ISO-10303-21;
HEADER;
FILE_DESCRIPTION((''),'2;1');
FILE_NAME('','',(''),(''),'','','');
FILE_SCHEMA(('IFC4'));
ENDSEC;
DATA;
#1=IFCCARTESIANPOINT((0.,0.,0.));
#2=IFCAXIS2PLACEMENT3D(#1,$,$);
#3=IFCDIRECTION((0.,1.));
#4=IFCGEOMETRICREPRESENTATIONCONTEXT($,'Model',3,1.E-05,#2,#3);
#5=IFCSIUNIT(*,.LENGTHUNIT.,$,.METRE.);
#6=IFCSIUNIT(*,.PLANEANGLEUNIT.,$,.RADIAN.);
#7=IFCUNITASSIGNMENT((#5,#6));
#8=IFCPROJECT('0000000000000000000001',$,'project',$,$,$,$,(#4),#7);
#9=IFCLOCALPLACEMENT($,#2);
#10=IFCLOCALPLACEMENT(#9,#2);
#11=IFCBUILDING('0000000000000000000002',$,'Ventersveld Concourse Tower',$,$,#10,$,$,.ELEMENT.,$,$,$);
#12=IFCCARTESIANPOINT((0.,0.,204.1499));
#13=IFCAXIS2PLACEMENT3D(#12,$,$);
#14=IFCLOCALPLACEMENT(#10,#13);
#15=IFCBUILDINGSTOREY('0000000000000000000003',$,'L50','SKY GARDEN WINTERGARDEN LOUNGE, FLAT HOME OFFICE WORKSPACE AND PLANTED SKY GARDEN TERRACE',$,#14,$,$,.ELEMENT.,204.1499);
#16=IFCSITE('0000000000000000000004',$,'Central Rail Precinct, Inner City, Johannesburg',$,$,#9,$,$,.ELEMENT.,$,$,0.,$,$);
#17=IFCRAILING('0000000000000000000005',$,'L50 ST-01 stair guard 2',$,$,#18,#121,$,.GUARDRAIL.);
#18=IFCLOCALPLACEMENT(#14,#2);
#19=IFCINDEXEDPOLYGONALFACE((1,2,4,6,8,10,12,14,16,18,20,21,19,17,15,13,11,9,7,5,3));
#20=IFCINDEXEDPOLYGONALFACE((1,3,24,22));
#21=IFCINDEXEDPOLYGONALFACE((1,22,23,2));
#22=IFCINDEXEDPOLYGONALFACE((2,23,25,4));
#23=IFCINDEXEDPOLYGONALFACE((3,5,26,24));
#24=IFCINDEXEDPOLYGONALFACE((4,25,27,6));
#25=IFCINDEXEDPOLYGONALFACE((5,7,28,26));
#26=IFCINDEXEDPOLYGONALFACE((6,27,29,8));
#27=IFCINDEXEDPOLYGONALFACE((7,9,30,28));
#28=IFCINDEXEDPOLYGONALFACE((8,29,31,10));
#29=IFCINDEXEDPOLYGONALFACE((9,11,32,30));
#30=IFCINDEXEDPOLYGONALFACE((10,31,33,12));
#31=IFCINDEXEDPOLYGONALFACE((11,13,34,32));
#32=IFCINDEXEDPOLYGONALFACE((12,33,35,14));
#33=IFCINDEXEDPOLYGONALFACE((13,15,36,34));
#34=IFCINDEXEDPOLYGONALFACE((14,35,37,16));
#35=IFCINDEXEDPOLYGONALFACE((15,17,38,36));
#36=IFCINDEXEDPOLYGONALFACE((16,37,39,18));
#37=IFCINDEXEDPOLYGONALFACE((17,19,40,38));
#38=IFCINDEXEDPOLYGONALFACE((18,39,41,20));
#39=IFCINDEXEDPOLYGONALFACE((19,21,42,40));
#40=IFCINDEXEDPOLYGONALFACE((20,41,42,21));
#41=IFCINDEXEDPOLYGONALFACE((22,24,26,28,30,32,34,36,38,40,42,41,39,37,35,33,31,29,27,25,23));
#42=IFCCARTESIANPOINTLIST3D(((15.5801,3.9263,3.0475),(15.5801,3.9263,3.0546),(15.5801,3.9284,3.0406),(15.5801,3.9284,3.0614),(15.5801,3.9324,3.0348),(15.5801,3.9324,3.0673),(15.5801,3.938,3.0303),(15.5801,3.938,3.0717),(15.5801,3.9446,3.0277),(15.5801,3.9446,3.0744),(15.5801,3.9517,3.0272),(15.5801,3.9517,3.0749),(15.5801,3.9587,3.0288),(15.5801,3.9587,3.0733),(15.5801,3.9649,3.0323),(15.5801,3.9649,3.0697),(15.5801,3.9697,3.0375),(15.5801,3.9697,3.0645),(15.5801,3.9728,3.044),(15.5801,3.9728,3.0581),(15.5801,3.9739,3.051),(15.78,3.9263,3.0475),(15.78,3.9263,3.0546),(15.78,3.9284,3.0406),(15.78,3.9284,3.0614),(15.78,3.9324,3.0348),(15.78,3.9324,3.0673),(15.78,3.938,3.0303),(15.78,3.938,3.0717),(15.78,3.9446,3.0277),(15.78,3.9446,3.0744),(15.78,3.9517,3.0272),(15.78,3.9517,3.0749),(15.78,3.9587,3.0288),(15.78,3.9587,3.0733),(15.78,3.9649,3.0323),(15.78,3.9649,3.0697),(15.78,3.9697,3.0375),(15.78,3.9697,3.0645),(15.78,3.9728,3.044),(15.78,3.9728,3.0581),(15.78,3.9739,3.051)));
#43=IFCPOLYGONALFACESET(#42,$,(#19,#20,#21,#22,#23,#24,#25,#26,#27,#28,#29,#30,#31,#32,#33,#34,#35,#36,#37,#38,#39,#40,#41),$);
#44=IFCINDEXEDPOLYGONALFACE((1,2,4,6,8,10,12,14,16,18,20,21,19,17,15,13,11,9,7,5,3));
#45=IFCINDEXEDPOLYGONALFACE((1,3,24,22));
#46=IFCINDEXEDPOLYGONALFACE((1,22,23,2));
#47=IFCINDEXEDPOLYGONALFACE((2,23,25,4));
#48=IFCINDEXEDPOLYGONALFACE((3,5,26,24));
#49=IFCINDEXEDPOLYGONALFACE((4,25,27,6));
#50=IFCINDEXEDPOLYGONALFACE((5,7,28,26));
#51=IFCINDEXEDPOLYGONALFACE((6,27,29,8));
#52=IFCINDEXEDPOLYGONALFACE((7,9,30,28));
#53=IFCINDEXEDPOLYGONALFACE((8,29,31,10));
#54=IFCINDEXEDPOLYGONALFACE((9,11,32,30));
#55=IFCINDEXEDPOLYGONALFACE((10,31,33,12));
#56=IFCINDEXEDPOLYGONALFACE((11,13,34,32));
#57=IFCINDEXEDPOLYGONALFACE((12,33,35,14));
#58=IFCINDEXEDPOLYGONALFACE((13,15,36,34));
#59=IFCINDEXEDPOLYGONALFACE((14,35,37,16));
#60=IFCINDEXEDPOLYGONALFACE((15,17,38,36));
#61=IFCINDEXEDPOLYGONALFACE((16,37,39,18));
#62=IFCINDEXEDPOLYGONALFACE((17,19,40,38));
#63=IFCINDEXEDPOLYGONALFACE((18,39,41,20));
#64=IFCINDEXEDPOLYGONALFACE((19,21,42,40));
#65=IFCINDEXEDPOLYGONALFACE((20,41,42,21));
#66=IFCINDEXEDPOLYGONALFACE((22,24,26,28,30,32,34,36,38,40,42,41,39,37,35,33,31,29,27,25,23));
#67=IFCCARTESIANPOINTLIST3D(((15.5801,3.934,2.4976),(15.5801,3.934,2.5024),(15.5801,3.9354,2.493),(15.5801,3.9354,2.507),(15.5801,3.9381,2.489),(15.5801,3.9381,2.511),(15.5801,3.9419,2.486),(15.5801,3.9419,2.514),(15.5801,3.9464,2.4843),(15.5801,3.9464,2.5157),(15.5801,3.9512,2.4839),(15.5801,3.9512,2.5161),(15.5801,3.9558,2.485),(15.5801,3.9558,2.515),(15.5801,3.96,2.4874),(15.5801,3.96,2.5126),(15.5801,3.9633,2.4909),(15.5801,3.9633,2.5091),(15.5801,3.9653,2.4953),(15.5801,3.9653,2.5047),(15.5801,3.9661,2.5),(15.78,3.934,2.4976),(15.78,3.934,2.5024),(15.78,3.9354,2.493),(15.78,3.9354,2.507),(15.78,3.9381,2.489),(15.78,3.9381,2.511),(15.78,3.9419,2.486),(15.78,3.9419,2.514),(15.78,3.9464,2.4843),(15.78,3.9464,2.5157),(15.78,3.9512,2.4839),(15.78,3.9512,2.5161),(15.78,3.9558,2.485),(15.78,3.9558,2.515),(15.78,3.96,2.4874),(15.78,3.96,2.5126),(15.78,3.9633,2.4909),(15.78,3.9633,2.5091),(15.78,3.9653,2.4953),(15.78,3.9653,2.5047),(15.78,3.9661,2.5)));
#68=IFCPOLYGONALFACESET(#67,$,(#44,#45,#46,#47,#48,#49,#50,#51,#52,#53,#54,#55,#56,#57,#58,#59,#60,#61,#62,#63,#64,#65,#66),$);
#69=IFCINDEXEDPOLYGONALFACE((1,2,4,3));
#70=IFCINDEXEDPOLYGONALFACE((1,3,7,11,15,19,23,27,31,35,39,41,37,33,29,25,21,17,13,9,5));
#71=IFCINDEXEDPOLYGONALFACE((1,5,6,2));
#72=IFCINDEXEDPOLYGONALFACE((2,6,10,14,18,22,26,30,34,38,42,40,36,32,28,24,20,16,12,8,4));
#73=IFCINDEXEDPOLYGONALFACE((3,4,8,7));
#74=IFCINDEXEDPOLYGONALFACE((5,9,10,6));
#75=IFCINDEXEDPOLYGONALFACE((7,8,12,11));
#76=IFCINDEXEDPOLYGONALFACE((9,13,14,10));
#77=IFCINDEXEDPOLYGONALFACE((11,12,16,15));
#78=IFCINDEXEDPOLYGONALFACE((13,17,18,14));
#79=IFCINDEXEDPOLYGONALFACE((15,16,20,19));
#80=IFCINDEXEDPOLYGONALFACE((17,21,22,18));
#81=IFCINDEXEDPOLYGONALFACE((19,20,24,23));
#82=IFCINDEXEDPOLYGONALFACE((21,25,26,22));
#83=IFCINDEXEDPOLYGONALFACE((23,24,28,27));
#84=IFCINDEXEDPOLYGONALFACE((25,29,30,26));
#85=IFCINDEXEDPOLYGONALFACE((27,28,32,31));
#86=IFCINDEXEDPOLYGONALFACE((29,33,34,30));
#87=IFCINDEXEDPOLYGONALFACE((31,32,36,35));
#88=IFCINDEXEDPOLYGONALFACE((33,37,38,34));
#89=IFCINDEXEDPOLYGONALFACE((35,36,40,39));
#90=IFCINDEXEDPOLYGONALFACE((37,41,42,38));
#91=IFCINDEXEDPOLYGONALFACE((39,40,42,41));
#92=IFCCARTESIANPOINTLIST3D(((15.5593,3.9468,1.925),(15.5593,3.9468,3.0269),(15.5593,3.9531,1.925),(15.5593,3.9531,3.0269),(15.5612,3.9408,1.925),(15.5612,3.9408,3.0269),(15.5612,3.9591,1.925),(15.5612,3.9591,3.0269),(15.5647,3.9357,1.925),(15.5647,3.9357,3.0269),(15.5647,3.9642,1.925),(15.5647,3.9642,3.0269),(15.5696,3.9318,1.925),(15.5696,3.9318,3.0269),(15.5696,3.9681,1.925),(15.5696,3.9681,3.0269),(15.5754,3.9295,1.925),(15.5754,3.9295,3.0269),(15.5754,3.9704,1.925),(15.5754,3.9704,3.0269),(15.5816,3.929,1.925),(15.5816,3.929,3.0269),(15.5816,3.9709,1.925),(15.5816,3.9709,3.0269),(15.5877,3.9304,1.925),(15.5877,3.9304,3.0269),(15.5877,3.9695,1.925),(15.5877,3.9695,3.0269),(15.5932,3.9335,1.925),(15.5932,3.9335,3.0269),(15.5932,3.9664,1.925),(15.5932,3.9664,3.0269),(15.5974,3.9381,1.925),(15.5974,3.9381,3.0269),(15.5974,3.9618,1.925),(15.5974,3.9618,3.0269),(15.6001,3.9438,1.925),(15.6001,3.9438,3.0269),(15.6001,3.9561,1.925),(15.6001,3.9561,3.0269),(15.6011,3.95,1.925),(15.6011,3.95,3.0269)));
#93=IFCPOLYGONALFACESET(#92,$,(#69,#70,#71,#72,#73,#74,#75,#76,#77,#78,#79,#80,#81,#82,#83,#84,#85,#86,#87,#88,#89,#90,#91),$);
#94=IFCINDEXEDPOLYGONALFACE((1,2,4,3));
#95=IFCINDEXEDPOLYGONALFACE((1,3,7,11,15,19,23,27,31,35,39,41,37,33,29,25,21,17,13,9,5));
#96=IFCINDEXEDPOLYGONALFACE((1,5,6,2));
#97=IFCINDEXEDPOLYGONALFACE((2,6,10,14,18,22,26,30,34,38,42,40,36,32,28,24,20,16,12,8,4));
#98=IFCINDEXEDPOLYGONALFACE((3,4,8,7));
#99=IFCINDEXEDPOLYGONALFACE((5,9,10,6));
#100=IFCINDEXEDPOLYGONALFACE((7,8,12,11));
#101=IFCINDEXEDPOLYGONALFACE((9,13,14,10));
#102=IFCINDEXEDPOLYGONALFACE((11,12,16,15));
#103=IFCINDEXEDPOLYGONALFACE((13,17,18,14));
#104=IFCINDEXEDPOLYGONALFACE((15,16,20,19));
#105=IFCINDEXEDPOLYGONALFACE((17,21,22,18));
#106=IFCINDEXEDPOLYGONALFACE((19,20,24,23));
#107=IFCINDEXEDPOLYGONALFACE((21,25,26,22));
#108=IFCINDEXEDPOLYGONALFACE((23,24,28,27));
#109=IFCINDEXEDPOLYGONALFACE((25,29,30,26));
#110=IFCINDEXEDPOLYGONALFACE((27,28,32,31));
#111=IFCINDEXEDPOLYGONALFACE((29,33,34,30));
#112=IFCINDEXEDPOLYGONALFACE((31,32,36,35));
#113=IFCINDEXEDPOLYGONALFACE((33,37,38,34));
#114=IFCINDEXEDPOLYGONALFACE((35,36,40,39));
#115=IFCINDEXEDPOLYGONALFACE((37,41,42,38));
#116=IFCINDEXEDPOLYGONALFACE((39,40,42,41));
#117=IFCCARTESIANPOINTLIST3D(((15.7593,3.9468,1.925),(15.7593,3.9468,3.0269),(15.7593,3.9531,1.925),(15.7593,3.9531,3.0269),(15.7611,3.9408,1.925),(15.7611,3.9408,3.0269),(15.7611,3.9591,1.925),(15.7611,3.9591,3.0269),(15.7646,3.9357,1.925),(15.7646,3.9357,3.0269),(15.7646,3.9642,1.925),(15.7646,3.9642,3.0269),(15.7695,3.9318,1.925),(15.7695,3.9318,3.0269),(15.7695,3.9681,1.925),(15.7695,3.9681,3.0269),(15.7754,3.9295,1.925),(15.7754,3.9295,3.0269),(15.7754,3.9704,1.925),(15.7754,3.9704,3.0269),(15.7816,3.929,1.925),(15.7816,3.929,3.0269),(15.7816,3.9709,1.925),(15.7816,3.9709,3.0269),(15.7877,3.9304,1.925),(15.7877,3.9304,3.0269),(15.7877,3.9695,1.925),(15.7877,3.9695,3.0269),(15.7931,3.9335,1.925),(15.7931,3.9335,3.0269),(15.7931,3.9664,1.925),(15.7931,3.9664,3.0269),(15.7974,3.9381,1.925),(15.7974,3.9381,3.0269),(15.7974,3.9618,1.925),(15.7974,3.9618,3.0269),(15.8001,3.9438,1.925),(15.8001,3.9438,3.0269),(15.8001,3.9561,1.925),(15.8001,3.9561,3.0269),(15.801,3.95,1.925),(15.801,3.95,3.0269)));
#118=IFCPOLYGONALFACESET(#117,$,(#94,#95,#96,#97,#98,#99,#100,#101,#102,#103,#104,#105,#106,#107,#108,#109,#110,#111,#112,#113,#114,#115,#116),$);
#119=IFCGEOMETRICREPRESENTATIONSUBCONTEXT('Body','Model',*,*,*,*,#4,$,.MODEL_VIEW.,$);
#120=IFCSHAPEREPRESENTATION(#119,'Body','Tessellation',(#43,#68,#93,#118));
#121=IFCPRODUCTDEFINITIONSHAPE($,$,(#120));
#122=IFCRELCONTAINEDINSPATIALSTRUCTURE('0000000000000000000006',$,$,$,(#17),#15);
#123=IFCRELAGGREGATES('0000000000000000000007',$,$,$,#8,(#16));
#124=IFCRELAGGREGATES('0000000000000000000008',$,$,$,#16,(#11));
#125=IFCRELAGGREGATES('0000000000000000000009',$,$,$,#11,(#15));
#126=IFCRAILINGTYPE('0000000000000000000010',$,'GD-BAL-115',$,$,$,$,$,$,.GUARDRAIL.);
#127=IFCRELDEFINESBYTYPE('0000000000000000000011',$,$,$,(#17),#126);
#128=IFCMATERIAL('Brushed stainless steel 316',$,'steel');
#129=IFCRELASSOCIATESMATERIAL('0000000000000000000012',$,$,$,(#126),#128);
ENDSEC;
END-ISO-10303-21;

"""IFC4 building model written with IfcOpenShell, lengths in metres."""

from ifc_helpers import new_model, si_unit, direction, frame, origin, origin_2d, place, context, subcontext, project, spatial, circle, extrude, material, type_object, element, save


model = new_model("IFC4")

# Units and contexts
model_context = context("Model", 3, precision=1e-05, world=origin(), true_north=direction((0.0, 1.0)))
body_context = subcontext(model_context, "Body", "Model", "MODEL_VIEW")
ifc_project = project(units=[si_unit("LENGTHUNIT", "METRE"), si_unit("PLANEANGLEUNIT", "RADIAN")], contexts=[model_context])

# Site, building, storey
site_placement = place(None, origin())
site = spatial("IfcSite", under=ifc_project, at=site_placement, Name="Central Rail Precinct, Inner City, Johannesburg", CompositionType="ELEMENT", RefElevation=0.0)
building_placement = place(site_placement, origin())
building = spatial("IfcBuilding", under=site, at=building_placement, Name="Ventersveld Concourse Tower", CompositionType="ELEMENT")
storey_placement = place(building_placement, frame((0.0, 0.0, 204.1499)))
storey = spatial("IfcBuildingStorey", under=building, at=storey_placement, Name="L50", Description="SKY GARDEN WINTERGARDEN LOUNGE, FLAT HOME OFFICE WORKSPACE AND PLANTED SKY GARDEN TERRACE", CompositionType="ELEMENT", Elevation=204.1499)

# Railing
ifc_material_1 = material(Name="Brushed stainless steel 316", Category="steel")
railing_type_1 = type_object("IfcRailingType", Name="GD-BAL-115", PredefinedType="GUARDRAIL", material=ifc_material_1)
railing_1_placement = place(storey_placement, frame((15.5801, 3.95, 1.925)))
element("IfcRailing", 1, at=railing_1_placement, inside=storey, type_object=railing_type_1, Name="L50 ST-01 stair guard 2", PredefinedType="GUARDRAIL", context=body_context, shape_type="SweptSolid", body=[
    extrude(circle(Radius=0.0239, at=origin_2d()), frame((0.0, 0.0, 1.126), z_axis=(1.0, 0.0, 0.0), x_axis=(0.0, 1.0, 0.0)), (0.0, 0.0, 1.0), 0.2),
    extrude(circle(Radius=0.0161, at=origin_2d()), frame((0.0, 0.0, 0.575), z_axis=(1.0, 0.0, 0.0), x_axis=(0.0, 1.0, 0.0)), (0.0, 0.0, 1.0), 0.2),
    extrude(circle(Radius=0.021, at=origin_2d()), origin(), (0.0, 0.0, 1.0), 1.1018),
    extrude(circle(Radius=0.021, at=origin_2d()), frame((0.2, 0.0, 0.0)), (0.0, 0.0, 1.0), 1.1018),
])

save(model, "model.ifc")
